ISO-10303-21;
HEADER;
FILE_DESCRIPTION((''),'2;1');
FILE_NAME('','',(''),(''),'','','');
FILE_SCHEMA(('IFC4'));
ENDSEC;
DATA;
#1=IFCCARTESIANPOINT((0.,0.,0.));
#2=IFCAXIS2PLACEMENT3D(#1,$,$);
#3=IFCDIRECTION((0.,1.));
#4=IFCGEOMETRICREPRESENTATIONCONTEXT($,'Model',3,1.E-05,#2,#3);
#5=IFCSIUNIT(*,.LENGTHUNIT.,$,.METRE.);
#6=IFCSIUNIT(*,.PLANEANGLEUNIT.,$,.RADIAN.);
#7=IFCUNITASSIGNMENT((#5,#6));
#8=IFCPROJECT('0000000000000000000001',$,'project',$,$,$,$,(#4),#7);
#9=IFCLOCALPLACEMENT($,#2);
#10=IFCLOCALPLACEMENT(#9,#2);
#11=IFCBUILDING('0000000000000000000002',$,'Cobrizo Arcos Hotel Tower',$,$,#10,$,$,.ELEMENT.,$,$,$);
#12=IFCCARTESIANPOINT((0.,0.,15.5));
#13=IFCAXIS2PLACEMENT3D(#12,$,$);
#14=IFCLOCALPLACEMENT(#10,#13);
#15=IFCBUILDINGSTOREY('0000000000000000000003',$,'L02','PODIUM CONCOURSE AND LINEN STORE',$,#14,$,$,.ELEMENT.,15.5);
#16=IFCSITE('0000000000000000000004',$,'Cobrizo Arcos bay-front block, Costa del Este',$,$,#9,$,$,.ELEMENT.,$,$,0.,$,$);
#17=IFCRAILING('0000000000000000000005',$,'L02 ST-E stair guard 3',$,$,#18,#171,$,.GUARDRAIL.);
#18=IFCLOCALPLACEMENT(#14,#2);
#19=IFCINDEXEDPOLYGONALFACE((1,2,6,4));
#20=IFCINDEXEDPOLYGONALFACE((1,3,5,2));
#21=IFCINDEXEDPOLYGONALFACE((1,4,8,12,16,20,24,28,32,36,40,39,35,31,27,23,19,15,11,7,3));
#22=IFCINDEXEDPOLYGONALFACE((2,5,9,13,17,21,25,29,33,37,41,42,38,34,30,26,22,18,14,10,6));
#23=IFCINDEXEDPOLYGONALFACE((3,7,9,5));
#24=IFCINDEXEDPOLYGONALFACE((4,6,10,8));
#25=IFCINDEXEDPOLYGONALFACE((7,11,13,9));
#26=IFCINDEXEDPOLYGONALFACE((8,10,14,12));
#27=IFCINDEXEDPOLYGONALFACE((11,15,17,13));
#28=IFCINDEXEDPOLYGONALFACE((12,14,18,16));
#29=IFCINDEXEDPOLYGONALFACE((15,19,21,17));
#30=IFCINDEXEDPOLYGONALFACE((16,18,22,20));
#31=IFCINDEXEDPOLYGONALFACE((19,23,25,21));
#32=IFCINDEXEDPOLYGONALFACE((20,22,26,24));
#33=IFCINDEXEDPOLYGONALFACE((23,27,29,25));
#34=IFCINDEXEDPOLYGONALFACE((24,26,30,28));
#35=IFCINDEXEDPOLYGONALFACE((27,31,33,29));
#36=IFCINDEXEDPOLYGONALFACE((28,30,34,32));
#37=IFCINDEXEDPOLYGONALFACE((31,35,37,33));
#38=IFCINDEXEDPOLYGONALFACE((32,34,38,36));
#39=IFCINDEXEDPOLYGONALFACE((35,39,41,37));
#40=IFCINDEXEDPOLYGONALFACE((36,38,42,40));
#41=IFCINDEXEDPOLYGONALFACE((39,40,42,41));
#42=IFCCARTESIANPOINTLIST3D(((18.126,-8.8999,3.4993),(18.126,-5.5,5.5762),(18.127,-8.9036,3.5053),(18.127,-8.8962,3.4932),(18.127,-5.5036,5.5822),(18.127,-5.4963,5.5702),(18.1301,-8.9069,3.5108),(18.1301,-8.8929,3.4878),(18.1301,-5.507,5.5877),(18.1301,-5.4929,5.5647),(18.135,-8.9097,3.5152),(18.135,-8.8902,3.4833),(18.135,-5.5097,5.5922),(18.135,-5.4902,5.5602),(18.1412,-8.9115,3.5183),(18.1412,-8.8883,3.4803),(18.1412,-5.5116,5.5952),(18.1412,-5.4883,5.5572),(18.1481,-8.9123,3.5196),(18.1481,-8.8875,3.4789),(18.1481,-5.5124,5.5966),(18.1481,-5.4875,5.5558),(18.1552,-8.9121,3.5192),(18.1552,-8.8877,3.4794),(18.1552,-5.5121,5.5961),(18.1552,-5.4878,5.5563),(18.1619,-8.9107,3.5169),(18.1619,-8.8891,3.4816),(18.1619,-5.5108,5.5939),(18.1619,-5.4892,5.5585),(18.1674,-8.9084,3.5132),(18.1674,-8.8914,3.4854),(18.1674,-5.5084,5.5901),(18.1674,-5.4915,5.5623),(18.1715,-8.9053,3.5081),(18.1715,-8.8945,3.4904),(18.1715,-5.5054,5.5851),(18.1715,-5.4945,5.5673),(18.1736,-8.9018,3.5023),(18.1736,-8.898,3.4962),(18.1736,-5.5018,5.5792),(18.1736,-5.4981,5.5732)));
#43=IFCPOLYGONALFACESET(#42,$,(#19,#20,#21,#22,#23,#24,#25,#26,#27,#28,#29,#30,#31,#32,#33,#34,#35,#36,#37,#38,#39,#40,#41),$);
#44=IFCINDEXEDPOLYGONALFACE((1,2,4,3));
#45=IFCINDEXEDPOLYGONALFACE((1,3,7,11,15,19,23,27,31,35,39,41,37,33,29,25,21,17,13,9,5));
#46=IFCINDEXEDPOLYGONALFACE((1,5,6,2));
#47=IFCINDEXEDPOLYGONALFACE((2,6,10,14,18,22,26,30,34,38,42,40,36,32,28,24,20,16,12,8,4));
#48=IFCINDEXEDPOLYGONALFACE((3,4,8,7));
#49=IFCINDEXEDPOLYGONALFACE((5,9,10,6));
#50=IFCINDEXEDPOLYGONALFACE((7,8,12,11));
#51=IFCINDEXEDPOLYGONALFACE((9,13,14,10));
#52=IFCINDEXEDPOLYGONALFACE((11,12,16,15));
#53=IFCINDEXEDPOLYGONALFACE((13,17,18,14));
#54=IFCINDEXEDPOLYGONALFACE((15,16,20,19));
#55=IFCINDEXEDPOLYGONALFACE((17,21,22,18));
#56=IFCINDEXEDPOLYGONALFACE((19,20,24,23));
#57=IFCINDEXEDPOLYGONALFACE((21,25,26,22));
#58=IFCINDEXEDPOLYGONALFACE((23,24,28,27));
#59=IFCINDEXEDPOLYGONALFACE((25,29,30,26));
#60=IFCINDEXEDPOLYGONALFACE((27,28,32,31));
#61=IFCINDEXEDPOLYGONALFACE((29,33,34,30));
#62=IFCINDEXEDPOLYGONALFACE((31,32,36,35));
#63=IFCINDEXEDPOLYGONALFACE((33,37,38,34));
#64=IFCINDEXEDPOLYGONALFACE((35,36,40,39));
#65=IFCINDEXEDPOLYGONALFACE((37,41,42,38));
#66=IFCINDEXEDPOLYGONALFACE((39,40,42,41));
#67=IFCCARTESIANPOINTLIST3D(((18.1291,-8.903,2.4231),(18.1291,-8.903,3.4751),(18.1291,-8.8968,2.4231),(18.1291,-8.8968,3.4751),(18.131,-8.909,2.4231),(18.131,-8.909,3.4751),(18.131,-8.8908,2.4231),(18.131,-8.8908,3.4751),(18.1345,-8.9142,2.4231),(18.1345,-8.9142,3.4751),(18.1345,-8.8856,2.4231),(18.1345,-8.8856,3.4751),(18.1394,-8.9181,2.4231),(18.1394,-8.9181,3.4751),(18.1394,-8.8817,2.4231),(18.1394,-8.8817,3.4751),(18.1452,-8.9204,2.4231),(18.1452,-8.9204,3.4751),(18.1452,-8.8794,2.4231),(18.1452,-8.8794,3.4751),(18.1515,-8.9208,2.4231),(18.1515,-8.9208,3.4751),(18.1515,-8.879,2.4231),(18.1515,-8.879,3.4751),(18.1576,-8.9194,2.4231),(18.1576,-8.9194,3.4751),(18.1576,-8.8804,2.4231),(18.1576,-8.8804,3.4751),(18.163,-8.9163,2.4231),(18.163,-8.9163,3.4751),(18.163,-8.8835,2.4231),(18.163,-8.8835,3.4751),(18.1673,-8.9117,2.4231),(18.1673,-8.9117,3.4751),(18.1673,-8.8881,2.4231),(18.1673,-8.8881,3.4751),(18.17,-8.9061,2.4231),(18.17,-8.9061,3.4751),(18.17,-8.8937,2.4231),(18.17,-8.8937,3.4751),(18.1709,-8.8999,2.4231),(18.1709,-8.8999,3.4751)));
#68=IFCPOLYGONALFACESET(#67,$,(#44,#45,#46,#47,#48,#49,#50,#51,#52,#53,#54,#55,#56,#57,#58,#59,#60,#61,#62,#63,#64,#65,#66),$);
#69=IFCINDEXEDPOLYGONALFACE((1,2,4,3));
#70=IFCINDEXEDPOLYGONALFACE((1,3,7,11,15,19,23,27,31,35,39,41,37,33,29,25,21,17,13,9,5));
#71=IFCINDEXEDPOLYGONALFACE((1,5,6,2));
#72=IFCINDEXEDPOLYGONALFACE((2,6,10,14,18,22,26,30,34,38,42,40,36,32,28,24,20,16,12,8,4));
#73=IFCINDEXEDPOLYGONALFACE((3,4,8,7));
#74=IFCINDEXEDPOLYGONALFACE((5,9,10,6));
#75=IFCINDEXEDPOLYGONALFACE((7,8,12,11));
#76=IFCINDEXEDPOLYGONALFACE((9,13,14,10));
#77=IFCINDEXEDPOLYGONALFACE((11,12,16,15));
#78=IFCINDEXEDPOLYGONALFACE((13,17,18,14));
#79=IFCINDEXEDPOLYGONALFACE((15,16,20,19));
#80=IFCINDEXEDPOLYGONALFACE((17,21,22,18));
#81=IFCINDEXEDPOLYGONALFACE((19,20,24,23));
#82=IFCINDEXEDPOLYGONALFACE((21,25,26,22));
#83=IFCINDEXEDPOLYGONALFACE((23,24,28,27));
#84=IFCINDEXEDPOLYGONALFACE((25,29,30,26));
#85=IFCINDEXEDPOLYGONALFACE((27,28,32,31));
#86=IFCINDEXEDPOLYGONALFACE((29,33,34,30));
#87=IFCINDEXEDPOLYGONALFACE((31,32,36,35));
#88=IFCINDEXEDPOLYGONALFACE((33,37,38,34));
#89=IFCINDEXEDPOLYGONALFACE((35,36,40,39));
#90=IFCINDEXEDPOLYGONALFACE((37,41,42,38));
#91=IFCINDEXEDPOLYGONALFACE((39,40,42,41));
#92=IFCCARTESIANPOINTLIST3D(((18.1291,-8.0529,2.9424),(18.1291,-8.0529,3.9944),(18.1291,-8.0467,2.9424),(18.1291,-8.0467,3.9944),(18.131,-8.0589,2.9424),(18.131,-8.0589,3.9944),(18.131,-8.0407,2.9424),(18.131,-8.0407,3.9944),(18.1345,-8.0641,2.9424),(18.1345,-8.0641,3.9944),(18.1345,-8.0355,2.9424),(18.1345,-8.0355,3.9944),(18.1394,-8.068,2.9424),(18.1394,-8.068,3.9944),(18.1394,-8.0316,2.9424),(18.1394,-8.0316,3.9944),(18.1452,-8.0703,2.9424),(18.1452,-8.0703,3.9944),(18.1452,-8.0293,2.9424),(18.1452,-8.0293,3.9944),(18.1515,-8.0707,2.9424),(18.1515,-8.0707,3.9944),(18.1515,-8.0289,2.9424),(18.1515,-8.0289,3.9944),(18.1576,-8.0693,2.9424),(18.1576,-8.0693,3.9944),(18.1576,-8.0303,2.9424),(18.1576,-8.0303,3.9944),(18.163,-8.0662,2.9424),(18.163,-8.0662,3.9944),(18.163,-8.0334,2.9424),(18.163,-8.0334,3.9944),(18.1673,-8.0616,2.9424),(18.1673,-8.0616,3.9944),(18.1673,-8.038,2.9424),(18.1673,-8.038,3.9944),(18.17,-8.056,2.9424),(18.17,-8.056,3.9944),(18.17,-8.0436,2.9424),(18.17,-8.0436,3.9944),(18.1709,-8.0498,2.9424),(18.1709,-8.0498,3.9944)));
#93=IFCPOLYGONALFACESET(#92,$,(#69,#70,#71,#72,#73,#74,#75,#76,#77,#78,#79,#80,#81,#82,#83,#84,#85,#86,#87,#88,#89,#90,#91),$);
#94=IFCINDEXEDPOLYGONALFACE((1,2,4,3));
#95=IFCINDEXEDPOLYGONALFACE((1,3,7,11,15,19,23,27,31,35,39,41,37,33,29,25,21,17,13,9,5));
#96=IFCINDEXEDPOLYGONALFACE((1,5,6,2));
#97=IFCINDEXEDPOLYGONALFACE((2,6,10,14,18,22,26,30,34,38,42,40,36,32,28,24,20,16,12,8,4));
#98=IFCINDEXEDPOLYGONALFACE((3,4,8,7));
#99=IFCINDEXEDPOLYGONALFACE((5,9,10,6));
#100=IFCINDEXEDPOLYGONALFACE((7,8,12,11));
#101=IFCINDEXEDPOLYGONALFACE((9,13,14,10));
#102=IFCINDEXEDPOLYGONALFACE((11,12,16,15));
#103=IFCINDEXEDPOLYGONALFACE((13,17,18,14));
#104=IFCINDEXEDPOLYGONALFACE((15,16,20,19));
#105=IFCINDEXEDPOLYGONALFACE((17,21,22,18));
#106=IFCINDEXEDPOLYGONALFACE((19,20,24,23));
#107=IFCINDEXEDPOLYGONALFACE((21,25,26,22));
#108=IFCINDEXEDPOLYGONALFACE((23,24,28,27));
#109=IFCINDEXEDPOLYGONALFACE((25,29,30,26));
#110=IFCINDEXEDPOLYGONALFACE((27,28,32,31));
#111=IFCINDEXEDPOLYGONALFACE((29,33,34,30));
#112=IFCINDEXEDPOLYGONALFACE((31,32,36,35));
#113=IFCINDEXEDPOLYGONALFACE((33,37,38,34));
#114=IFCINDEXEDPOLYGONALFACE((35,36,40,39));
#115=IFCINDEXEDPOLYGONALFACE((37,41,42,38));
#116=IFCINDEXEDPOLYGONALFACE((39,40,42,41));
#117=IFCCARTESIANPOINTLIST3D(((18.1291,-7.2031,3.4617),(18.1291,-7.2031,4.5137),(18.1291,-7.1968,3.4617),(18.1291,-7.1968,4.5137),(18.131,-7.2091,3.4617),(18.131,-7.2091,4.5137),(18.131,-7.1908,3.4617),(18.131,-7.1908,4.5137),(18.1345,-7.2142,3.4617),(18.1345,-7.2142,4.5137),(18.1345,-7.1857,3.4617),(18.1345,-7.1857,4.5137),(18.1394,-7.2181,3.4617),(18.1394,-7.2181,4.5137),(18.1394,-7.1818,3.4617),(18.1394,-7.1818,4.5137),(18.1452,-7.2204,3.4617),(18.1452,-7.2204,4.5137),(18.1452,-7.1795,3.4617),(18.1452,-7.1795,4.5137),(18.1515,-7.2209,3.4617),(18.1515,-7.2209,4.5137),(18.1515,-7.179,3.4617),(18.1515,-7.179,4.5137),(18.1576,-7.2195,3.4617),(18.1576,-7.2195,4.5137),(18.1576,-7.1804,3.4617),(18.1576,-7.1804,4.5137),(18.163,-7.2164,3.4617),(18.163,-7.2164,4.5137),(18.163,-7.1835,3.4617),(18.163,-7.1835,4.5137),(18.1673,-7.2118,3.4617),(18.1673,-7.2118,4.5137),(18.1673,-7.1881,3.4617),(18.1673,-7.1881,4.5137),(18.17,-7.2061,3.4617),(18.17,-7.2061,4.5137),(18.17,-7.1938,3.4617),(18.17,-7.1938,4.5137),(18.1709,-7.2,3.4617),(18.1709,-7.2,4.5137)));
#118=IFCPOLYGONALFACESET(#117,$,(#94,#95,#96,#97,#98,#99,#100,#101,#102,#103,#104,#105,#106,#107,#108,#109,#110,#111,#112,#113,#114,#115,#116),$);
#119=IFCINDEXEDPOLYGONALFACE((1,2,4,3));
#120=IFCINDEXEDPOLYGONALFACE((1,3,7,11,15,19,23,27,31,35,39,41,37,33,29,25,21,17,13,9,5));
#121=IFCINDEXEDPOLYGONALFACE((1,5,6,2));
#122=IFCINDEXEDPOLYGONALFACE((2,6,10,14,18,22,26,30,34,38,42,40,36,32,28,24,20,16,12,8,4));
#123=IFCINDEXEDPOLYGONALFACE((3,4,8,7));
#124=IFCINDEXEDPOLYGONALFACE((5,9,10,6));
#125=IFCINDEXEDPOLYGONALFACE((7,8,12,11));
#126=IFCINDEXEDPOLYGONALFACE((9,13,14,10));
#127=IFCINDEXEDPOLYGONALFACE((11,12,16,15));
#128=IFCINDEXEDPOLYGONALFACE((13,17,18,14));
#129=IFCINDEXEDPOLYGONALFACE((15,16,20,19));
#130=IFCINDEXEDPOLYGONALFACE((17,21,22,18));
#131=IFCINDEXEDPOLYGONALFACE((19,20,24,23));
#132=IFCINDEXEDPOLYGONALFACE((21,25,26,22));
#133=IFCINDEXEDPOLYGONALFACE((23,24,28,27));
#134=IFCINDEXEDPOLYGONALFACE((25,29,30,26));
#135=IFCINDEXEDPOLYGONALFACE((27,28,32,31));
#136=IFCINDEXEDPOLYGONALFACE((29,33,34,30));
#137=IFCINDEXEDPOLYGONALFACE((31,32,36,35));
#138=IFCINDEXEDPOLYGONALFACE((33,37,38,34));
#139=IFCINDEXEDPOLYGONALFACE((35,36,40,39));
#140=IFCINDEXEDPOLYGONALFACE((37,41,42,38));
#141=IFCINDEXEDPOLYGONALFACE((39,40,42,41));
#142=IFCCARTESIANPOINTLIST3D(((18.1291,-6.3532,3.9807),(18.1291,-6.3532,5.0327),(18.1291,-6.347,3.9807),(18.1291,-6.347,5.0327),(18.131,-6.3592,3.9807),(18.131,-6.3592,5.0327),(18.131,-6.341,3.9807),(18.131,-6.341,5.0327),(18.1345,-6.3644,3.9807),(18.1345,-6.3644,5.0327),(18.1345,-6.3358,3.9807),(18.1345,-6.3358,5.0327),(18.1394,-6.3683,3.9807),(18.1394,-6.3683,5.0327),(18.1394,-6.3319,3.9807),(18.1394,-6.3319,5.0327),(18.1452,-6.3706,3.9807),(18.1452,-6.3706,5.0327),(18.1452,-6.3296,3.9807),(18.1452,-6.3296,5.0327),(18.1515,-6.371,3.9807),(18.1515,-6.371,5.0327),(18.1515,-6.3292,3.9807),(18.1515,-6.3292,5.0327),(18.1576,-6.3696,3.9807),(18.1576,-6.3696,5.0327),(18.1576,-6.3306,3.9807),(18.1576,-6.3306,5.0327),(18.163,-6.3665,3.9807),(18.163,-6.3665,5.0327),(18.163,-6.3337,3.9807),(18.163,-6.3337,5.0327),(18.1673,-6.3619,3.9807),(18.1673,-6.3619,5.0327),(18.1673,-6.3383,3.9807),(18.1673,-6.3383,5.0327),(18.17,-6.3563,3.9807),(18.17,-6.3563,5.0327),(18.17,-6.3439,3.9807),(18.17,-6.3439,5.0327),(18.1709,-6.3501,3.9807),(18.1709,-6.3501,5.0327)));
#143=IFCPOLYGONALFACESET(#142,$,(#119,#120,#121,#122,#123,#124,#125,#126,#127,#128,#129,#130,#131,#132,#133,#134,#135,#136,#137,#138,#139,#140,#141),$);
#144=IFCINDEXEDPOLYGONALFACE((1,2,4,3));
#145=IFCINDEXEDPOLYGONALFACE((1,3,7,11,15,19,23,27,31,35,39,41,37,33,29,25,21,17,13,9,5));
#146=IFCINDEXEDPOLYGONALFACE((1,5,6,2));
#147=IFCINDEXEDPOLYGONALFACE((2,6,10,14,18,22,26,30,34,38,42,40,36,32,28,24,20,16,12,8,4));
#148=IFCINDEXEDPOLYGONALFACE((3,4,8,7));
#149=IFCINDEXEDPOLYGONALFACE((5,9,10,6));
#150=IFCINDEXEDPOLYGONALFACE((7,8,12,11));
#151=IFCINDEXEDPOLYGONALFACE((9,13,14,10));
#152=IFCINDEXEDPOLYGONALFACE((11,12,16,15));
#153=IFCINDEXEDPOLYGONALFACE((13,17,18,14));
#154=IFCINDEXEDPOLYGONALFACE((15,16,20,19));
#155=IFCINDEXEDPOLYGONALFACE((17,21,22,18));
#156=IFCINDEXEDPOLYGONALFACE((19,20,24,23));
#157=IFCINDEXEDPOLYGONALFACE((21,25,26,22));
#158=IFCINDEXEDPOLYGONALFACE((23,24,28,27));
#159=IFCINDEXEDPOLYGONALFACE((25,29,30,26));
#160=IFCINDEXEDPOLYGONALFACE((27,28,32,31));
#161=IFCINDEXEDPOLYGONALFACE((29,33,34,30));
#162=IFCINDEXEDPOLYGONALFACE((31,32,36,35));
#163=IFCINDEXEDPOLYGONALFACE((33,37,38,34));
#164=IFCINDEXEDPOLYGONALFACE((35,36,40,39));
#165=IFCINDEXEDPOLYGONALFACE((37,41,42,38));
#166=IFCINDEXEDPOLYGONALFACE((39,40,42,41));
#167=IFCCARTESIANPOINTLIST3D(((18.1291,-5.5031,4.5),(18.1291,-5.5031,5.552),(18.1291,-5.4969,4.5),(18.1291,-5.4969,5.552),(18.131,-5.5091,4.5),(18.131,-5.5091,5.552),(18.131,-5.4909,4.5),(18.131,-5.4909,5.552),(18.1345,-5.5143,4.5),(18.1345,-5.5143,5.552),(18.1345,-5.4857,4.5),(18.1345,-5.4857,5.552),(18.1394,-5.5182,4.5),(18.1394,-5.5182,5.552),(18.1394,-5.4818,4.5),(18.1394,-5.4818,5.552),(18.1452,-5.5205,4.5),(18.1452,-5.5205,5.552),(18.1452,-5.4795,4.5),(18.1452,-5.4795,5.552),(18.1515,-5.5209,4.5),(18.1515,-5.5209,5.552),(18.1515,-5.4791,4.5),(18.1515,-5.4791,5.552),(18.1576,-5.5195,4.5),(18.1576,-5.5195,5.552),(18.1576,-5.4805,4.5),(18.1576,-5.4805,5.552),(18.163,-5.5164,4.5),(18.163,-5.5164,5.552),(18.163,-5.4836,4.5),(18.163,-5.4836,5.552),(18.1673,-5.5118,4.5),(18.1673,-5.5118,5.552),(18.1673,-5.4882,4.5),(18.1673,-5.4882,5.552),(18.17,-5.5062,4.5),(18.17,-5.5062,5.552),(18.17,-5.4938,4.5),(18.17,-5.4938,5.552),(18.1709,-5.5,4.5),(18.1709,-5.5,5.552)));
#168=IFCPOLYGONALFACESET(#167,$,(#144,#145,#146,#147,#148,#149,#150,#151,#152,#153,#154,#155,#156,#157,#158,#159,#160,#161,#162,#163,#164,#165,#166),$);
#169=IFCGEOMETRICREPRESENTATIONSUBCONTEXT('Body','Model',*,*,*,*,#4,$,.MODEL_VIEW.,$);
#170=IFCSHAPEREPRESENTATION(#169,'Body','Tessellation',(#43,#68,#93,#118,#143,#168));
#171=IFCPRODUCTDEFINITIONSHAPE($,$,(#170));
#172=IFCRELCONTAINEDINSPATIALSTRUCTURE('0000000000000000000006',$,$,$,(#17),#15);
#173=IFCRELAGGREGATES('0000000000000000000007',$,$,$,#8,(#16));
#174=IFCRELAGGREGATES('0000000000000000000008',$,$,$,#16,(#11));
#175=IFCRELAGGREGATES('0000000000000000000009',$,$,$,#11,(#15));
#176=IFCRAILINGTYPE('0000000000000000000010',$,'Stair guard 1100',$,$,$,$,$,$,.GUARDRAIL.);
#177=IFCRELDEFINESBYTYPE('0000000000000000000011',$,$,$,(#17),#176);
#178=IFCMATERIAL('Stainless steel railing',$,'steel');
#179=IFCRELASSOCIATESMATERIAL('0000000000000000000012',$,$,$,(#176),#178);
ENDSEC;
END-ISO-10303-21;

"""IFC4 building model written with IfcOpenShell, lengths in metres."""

from ifc_helpers import new_model, si_unit, direction, frame, origin, origin_2d, place, context, subcontext, project, spatial, circle, extrude, material, type_object, element, save


model = new_model("IFC4")

# Units and contexts
model_context = context("Model", 3, precision=1e-05, world=origin(), true_north=direction((0.0, 1.0)))
body_context = subcontext(model_context, "Body", "Model", "MODEL_VIEW")
ifc_project = project(units=[si_unit("LENGTHUNIT", "METRE"), si_unit("PLANEANGLEUNIT", "RADIAN")], contexts=[model_context])

# Site, building, storey
site_placement = place(None, origin())
site = spatial("IfcSite", under=ifc_project, at=site_placement, Name="Cobrizo Arcos bay-front block, Costa del Este", CompositionType="ELEMENT", RefElevation=0.0)
building_placement = place(site_placement, origin())
building = spatial("IfcBuilding", under=site, at=building_placement, Name="Cobrizo Arcos Hotel Tower", CompositionType="ELEMENT")
storey_placement = place(building_placement, frame((0.0, 0.0, 15.5)))
storey = spatial("IfcBuildingStorey", under=building, at=storey_placement, Name="L02", Description="PODIUM CONCOURSE AND LINEN STORE", CompositionType="ELEMENT", Elevation=15.5)

# Railing
ifc_material_1 = material(Name="Stainless steel railing", Category="steel")
railing_type_1 = type_object("IfcRailingType", Name="Stair guard 1100", PredefinedType="GUARDRAIL", material=ifc_material_1)
railing_1_placement = place(storey_placement, frame((18.1499, -8.8999, 2.4231)))
element("IfcRailing", 1, at=railing_1_placement, inside=storey, type_object=railing_type_1, Name="L02 ST-E stair guard 3", PredefinedType="GUARDRAIL", context=body_context, shape_type="SweptSolid", body=[
    extrude(circle(Radius=0.0239, at=origin_2d()), frame((0.0, 0.0, 1.0762), z_axis=(0.0, 0.853373, 0.521301), x_axis=(-1.0, 0.0, 0.0)), (0.0, 0.0, 1.0), 3.9841),
    extrude(circle(Radius=0.021, at=origin_2d()), origin(), (0.0, 0.0, 1.0), 1.052),
    extrude(circle(Radius=0.021, at=origin_2d()), frame((0.0, 0.8501, 0.5193)), (0.0, 0.0, 1.0), 1.052),
    extrude(circle(Radius=0.021, at=origin_2d()), frame((0.0, 1.7, 1.0386)), (0.0, 0.0, 1.0), 1.052),
    extrude(circle(Radius=0.021, at=origin_2d()), frame((0.0, 2.5498, 1.5576)), (0.0, 0.0, 1.0), 1.052),
    extrude(circle(Radius=0.021, at=origin_2d()), frame((0.0, 3.3999, 2.0769)), (0.0, 0.0, 1.0), 1.052),
])

save(model, "model.ifc")
